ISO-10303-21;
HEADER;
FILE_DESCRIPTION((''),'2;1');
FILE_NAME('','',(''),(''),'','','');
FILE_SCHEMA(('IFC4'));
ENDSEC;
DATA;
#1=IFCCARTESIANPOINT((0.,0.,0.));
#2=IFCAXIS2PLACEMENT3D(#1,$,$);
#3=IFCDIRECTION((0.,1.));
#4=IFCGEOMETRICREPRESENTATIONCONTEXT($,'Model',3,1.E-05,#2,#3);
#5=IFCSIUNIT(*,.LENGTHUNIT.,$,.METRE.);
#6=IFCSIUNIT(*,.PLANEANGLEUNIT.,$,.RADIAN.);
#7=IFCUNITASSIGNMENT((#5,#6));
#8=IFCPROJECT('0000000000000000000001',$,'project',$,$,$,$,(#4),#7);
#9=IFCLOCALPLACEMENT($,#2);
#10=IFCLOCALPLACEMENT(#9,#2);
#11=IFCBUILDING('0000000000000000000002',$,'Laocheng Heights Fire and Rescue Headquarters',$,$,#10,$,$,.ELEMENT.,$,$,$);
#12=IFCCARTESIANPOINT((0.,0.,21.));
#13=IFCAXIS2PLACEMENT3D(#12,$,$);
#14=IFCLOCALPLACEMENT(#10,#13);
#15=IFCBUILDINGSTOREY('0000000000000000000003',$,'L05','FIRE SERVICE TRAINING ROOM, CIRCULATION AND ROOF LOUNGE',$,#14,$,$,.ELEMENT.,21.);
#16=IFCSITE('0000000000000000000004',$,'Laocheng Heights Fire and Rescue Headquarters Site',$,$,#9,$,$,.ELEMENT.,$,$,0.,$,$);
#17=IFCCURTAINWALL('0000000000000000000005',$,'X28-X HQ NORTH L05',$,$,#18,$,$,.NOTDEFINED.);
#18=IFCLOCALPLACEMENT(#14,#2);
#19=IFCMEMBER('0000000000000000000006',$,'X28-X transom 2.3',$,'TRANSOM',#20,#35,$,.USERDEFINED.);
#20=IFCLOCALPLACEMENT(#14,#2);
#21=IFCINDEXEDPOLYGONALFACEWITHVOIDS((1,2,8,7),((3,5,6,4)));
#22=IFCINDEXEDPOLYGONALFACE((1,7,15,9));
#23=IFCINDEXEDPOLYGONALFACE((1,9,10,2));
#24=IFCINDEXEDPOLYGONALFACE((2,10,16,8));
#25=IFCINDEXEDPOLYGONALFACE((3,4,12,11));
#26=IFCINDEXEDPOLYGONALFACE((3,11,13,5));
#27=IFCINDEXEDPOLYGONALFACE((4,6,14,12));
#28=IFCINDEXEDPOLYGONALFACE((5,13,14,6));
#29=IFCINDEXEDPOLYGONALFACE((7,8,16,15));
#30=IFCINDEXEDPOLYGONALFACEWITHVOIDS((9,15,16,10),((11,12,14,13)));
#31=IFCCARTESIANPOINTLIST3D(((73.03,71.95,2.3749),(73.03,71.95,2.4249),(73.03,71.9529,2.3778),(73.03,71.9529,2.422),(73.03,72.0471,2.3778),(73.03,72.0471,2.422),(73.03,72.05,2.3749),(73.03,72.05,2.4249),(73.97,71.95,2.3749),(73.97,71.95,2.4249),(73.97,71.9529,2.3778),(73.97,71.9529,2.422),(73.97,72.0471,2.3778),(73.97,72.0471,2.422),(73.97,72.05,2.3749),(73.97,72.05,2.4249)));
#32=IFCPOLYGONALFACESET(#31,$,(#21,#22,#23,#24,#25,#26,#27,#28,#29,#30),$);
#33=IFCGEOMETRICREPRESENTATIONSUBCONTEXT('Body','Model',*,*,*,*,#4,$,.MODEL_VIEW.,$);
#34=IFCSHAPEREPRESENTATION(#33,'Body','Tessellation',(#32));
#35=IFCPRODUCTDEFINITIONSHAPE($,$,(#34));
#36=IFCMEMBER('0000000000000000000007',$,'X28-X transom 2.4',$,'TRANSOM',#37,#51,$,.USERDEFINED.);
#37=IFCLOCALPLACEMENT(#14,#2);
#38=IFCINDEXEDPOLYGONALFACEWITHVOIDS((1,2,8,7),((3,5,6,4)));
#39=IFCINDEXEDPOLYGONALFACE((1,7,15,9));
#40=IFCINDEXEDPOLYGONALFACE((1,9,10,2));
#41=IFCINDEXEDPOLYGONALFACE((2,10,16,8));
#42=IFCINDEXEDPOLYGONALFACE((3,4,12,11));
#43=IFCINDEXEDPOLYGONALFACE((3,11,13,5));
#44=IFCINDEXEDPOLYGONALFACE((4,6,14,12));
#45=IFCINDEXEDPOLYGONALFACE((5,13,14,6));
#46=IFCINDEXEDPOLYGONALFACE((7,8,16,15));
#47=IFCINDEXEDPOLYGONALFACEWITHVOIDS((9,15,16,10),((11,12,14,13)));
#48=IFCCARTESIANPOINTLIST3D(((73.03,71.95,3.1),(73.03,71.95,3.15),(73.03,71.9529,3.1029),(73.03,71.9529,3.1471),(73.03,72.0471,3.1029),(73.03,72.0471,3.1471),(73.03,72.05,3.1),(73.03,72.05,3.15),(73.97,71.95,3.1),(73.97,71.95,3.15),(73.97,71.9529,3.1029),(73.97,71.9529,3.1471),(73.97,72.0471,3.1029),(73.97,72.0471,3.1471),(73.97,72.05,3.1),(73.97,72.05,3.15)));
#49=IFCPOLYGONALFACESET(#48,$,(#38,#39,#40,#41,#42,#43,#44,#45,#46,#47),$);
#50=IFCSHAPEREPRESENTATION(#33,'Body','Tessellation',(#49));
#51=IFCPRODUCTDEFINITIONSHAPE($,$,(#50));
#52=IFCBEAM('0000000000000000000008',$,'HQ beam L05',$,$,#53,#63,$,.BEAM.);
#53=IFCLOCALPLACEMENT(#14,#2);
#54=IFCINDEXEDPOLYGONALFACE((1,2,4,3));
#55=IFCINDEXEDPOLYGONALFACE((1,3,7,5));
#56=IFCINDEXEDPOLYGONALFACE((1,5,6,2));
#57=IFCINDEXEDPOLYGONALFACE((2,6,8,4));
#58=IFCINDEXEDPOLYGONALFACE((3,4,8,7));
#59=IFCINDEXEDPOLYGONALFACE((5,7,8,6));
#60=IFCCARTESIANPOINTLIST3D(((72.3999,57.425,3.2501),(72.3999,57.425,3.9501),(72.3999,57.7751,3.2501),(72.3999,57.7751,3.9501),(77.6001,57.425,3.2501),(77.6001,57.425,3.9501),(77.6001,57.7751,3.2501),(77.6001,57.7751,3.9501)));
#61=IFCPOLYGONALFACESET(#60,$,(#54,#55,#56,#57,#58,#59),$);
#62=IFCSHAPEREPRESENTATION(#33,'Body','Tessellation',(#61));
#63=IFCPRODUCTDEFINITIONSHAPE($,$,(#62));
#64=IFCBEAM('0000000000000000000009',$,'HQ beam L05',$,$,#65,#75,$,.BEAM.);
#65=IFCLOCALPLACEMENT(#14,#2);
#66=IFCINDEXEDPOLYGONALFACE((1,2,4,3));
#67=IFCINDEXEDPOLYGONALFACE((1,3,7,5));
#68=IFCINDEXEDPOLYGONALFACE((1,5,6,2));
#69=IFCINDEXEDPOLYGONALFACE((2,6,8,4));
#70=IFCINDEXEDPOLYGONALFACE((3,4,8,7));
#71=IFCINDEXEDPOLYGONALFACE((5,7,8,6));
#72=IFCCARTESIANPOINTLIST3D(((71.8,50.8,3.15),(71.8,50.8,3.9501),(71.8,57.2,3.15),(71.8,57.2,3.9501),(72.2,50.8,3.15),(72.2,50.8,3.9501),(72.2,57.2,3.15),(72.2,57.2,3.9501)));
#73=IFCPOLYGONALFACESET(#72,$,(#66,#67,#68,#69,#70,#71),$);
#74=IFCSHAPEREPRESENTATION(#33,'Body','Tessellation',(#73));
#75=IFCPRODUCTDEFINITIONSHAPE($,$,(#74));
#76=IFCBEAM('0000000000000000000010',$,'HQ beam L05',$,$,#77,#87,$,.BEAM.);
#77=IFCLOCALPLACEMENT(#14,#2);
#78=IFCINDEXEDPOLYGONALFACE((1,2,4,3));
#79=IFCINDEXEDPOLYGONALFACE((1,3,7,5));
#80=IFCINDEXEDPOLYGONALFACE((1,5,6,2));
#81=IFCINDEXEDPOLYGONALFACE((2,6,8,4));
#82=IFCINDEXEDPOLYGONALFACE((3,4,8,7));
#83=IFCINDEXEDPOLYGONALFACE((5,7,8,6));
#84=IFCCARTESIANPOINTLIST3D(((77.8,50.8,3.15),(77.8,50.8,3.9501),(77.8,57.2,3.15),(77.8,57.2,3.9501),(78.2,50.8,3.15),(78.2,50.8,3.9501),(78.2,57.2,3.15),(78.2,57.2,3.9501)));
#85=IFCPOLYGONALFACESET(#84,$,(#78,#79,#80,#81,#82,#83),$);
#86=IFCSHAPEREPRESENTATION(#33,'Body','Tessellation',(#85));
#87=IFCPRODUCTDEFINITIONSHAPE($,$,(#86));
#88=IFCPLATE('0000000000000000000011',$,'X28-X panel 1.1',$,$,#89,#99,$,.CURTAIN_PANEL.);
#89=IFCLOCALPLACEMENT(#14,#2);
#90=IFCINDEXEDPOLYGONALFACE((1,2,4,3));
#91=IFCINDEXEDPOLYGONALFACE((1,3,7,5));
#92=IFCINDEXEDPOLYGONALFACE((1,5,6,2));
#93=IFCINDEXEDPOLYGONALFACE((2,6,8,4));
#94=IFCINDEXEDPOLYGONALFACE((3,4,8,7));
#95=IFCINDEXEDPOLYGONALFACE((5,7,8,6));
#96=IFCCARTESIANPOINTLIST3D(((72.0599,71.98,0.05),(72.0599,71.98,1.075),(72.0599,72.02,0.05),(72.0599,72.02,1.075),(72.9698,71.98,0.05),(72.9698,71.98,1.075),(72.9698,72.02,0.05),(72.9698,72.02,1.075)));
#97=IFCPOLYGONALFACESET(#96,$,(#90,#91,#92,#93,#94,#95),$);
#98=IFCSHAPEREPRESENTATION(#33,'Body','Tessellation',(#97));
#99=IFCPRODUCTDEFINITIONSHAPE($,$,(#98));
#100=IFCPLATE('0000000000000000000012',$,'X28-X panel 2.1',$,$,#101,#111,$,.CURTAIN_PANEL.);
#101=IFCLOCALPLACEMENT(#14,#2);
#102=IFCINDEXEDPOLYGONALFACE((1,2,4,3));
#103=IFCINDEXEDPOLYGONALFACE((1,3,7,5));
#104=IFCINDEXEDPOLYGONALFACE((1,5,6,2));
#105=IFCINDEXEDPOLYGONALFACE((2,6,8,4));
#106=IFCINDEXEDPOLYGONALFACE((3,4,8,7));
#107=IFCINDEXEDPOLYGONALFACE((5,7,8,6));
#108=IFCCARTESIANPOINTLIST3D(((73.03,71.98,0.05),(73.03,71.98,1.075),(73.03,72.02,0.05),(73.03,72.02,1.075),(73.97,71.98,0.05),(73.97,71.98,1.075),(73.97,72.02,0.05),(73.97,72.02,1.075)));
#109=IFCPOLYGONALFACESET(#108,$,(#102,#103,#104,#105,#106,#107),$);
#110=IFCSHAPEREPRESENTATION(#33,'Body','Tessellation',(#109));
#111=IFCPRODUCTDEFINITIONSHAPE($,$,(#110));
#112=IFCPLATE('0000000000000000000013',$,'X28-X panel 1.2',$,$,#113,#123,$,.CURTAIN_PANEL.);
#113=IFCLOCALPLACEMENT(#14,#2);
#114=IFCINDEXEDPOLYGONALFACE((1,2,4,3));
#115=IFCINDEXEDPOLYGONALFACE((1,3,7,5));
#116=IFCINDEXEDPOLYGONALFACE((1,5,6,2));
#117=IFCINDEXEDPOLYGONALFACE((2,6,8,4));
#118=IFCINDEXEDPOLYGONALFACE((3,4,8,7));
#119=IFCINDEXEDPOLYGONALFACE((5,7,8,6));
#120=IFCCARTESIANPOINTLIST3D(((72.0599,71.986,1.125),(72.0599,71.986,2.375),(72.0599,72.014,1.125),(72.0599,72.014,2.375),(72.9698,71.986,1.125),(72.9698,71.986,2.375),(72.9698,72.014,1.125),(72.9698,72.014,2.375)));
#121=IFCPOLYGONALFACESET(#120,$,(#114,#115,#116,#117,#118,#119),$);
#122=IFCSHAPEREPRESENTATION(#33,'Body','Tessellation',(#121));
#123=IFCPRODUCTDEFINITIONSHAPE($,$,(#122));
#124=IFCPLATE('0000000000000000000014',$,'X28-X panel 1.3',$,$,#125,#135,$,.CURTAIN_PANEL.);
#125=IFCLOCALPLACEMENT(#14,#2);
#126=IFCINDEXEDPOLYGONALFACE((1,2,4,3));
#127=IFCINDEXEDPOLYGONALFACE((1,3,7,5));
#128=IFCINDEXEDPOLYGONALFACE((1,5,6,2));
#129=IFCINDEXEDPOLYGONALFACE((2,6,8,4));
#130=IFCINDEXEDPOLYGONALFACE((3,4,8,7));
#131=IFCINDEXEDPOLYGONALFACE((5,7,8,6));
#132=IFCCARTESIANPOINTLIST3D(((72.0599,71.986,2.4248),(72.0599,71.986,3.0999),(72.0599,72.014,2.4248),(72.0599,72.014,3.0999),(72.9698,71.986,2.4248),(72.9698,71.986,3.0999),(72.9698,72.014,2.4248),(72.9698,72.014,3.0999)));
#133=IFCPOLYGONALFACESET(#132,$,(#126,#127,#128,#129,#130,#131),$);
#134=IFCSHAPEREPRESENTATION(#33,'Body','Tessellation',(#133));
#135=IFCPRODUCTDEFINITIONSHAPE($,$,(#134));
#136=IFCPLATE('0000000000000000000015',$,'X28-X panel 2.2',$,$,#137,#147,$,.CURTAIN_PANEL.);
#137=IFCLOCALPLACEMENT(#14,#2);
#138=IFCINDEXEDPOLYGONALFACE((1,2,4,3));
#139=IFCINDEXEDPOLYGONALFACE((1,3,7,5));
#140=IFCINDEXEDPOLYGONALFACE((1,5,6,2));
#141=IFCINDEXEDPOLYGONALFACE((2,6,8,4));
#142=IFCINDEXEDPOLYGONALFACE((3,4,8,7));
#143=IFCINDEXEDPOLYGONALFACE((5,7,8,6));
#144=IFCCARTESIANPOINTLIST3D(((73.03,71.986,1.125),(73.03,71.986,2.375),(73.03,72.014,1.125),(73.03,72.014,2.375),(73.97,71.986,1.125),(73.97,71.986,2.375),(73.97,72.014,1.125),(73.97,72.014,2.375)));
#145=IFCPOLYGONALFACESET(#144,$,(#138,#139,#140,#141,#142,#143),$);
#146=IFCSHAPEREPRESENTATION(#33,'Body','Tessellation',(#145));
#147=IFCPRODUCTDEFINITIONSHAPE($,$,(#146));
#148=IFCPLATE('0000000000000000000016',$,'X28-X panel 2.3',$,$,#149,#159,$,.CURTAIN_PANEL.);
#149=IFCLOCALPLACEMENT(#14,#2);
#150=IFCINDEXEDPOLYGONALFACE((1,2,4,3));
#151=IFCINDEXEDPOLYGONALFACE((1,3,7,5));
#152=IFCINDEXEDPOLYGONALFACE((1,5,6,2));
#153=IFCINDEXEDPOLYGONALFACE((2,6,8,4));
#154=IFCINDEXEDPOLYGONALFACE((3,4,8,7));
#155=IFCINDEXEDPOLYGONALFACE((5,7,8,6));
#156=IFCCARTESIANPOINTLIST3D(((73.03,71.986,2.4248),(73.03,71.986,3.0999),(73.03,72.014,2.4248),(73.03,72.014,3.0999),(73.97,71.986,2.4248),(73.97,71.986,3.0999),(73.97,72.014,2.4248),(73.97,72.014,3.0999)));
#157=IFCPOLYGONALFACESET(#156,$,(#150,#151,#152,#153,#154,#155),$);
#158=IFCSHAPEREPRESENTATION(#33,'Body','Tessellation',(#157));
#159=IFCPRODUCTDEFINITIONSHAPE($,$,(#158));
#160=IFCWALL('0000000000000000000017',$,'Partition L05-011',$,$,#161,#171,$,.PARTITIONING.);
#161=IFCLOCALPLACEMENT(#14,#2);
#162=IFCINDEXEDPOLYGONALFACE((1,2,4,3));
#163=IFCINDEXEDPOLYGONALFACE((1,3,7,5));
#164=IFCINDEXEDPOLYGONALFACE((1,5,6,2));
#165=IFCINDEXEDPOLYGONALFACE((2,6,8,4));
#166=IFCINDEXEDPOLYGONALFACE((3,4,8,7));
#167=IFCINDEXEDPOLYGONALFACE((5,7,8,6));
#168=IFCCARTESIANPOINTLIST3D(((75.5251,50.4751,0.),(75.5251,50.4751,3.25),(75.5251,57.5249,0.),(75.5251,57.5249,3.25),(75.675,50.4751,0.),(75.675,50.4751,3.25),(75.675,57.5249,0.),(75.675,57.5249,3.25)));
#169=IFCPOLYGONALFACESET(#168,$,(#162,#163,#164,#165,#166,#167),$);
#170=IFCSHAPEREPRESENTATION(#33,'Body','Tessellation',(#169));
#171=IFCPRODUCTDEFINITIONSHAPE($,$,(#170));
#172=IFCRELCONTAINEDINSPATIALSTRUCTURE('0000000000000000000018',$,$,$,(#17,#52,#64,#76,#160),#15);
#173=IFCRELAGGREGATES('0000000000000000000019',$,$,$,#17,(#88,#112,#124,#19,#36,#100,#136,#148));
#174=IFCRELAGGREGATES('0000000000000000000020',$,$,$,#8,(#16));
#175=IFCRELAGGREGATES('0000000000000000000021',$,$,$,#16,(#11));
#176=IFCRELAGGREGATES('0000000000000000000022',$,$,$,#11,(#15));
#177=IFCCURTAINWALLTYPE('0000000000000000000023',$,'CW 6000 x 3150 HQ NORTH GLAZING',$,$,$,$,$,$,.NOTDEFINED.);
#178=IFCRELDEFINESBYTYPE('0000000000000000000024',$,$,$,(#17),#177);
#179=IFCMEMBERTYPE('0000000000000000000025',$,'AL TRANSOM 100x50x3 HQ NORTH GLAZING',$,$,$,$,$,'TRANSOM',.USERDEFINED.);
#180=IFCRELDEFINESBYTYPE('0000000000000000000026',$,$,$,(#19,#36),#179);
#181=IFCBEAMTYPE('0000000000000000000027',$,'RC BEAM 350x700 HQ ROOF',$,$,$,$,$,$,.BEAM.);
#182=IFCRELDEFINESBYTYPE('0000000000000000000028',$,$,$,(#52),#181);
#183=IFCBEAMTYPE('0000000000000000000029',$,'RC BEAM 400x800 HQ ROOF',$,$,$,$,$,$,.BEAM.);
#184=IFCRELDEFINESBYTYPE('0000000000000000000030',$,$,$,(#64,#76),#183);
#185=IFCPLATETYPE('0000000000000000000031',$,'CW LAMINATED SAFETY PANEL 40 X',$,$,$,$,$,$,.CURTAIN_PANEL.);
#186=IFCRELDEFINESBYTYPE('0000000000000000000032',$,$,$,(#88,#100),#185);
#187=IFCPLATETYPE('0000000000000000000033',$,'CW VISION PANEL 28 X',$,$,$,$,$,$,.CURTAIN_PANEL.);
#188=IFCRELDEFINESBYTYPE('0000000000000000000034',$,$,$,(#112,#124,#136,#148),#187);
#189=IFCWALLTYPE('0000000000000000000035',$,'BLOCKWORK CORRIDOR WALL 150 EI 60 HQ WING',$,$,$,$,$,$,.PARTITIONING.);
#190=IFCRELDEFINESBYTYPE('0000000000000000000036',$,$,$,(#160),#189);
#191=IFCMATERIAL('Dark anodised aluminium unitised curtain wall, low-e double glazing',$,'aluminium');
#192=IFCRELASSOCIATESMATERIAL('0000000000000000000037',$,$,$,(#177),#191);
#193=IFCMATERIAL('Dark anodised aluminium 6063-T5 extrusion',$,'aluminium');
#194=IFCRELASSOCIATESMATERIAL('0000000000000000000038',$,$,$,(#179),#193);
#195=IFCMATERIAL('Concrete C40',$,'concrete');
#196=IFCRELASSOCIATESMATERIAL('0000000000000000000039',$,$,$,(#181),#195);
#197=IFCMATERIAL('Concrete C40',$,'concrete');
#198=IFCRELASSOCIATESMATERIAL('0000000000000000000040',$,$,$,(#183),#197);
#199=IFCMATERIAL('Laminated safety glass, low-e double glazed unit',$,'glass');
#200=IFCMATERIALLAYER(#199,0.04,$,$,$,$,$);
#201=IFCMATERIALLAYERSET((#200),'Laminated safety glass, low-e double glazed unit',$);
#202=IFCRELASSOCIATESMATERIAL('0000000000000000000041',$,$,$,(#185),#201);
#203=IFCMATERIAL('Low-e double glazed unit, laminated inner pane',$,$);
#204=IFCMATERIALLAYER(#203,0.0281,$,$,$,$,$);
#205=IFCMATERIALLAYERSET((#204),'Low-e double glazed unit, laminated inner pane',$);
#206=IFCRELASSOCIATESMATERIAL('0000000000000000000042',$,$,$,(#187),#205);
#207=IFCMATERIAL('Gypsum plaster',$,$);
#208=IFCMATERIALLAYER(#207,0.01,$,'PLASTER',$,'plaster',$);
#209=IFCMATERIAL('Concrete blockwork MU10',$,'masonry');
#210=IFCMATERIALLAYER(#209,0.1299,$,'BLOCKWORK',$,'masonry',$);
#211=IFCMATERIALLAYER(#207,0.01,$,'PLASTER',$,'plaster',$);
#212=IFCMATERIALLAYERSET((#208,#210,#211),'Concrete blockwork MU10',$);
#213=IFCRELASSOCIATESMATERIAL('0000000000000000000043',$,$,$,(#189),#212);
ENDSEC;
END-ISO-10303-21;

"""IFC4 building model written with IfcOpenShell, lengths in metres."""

from ifc_helpers import new_model, si_unit, direction, frame, frame_2d, origin, origin_2d, place, context, subcontext, project, spatial, rectangle, hollow_rectangle, extrude, material, layer, layer_set, material_profile, profile_set, type_object, element, aggregate, save


model = new_model("IFC4")

# Units and contexts
model_context = context("Model", 3, precision=1e-05, world=origin(), true_north=direction((0.0, 1.0)))
body_context = subcontext(model_context, "Body", "Model", "MODEL_VIEW")
ifc_project = project(units=[si_unit("LENGTHUNIT", "METRE"), si_unit("PLANEANGLEUNIT", "RADIAN")], contexts=[model_context])

# Site, building, storey
site_placement = place(None, origin())
site = spatial("IfcSite", under=ifc_project, at=site_placement, Name="Laocheng Heights Fire and Rescue Headquarters Site", CompositionType="ELEMENT", RefElevation=0.0)
building_placement = place(site_placement, origin())
building = spatial("IfcBuilding", under=site, at=building_placement, Name="Laocheng Heights Fire and Rescue Headquarters", CompositionType="ELEMENT")
storey_placement = place(building_placement, frame((0.0, 0.0, 21.0)))
storey = spatial("IfcBuildingStorey", under=building, at=storey_placement, Name="L05", Description="FIRE SERVICE TRAINING ROOM, CIRCULATION AND ROOF LOUNGE", CompositionType="ELEMENT", Elevation=21.0)

# Curtain wall, members
ifc_material_1 = material(Name="Dark anodised aluminium unitised curtain wall, low-e double glazing", Category="aluminium")
curtain_wall_type = type_object("IfcCurtainWallType", Name="CW 6000 x 3150 HQ NORTH GLAZING", PredefinedType="NOTDEFINED", material=ifc_material_1)
curtain_wall_placement = place(storey_placement, origin())
curtain_wall = element("IfcCurtainWall", 1, at=curtain_wall_placement, inside=storey, type_object=curtain_wall_type, Name="X28-X HQ NORTH L05", PredefinedType="NOTDEFINED")
ifc_material_2 = material(Name="Dark anodised aluminium 6063-T5 extrusion", Category="aluminium")
ifc_material_profile_1 = material_profile(ifc_material_2, hollow_rectangle(XDim=0.1001, YDim=0.05, WallThickness=0.0029, at=origin_2d()), Name="AL TRANSOM 100x50x3 HQ NORTH GLAZING")
ifc_profile_set_1 = profile_set([ifc_material_profile_1], Name="Dark anodised aluminium 6063-T5 extrusion")
member_type_1 = type_object("IfcMemberType", Name="AL TRANSOM 100x50x3 HQ NORTH GLAZING", ElementType="TRANSOM", PredefinedType="USERDEFINED", material=ifc_profile_set_1)
member_1_placement = place(storey_placement, frame((73.03, 72.0, 2.3999), z_axis=(1.0, 0.0, 0.0), x_axis=(0.0, 1.0, 0.0)))
member_1 = element("IfcMember", 2, at=member_1_placement, type_object=member_type_1, Name="X28-X transom 2.3", ObjectType="TRANSOM", PredefinedType="USERDEFINED", context=body_context, shape_type="SweptSolid", body=[
    extrude(hollow_rectangle(XDim=0.1001, YDim=0.05, WallThickness=0.0029, at=origin_2d()), origin(), (0.0, 0.0, 1.0), 0.9399),
])
member_2_placement = place(storey_placement, frame((73.03, 72.0, 3.125), z_axis=(1.0, 0.0, 0.0), x_axis=(0.0, 1.0, 0.0)))
member_2 = element("IfcMember", 3, at=member_2_placement, type_object=member_type_1, Name="X28-X transom 2.4", ObjectType="TRANSOM", PredefinedType="USERDEFINED", context=body_context, shape_type="SweptSolid", body=[
    extrude(hollow_rectangle(XDim=0.1001, YDim=0.05, WallThickness=0.0029, at=origin_2d()), origin(), (0.0, 0.0, 1.0), 0.9399),
])

# Beams
ifc_material_3 = material(Name="Concrete C40", Category="concrete")
ifc_material_profile_2 = material_profile(ifc_material_3, rectangle(XDim=0.3501, YDim=0.7, at=origin_2d()), Name="RC BEAM 350x700 HQ ROOF")
ifc_profile_set_2 = profile_set([ifc_material_profile_2], Name="Concrete C40")
beam_type_1 = type_object("IfcBeamType", Name="RC BEAM 350x700 HQ ROOF", PredefinedType="BEAM", material=ifc_profile_set_2)
beam_placement = place(storey_placement, frame((72.3999, 57.6001, 3.6001), z_axis=(1.0, 0.0, 0.0), x_axis=(0.0, 1.0, 0.0)))
element("IfcBeam", 4, at=beam_placement, inside=storey, type_object=beam_type_1, Name="HQ beam L05", PredefinedType="BEAM", context=body_context, shape_type="SweptSolid", body=[
    extrude(rectangle(XDim=0.3501, YDim=0.7, at=origin_2d()), origin(), (0.0, 0.0, 1.0), 5.2002),
])
ifc_material_4 = material(Name="Concrete C40", Category="concrete")
ifc_material_profile_3 = material_profile(ifc_material_4, rectangle(XDim=0.3999, YDim=0.8, at=origin_2d()), Name="RC BEAM 400x800 HQ ROOF")
ifc_profile_set_3 = profile_set([ifc_material_profile_3], Name="Concrete C40")
beam_type_2 = type_object("IfcBeamType", Name="RC BEAM 400x800 HQ ROOF", PredefinedType="BEAM", material=ifc_profile_set_3)
for number, where, z_axis, x_axis, name in (
    (5, (72.0, 50.8, 3.55), (0.0, 1.0, 0.0), (-1.0, 0.0, 0.0), "HQ beam L05"),
    (6, (78.0, 50.8, 3.55), (0.0, 1.0, 0.0), (-1.0, 0.0, 0.0), "HQ beam L05"),
):
    element("IfcBeam", number, at=place(storey_placement, frame(where, z_axis=z_axis, x_axis=x_axis)), inside=storey, type_object=beam_type_2, Name=name, PredefinedType="BEAM", context=body_context, shape_type="SweptSolid", body=[
        extrude(rectangle(XDim=0.3999, YDim=0.8, at=origin_2d()), origin(), (0.0, 0.0, 1.0), 6.3999),
    ])

# Plates
ifc_material_5 = material(Name="Laminated safety glass, low-e double glazed unit", Category="glass")
ifc_layer_1 = layer(ifc_material_5, 0.04)
ifc_layer_set_1 = layer_set([ifc_layer_1], Name="Laminated safety glass, low-e double glazed unit")
plate_type_1 = type_object("IfcPlateType", Name="CW LAMINATED SAFETY PANEL 40 X", PredefinedType="CURTAIN_PANEL", material=ifc_layer_set_1)
plate_1_placement = place(storey_placement, frame((72.5149, 72.0, 0.05), z_axis=(0.0, 0.0, 1.0), x_axis=(1.0, 0.0, 0.0)))
plate_1 = element("IfcPlate", 7, at=plate_1_placement, type_object=plate_type_1, Name="X28-X panel 1.1", PredefinedType="CURTAIN_PANEL", context=body_context, shape_type="SweptSolid", body=[
    extrude(rectangle(XDim=0.9099, YDim=0.04, at=origin_2d()), origin(), (0.0, 0.0, 1.0), 1.0249),
])
plate_2_placement = place(storey_placement, frame((73.5, 72.0, 0.05), z_axis=(0.0, 0.0, 1.0), x_axis=(1.0, 0.0, 0.0)))
plate_2 = element("IfcPlate", 8, at=plate_2_placement, type_object=plate_type_1, Name="X28-X panel 2.1", PredefinedType="CURTAIN_PANEL", context=body_context, shape_type="SweptSolid", body=[
    extrude(rectangle(XDim=0.9399, YDim=0.04, at=origin_2d()), origin(), (0.0, 0.0, 1.0), 1.0249),
])
ifc_material_6 = material(Name="Low-e double glazed unit, laminated inner pane")
ifc_layer_2 = layer(ifc_material_6, 0.0281)
ifc_layer_set_2 = layer_set([ifc_layer_2], Name="Low-e double glazed unit, laminated inner pane")
plate_type_2 = type_object("IfcPlateType", Name="CW VISION PANEL 28 X", PredefinedType="CURTAIN_PANEL", material=ifc_layer_set_2)
plate_3_placement = place(storey_placement, frame((72.5149, 72.0, 1.125), z_axis=(0.0, 0.0, 1.0), x_axis=(1.0, 0.0, 0.0)))
plate_3 = element("IfcPlate", 9, at=plate_3_placement, type_object=plate_type_2, Name="X28-X panel 1.2", PredefinedType="CURTAIN_PANEL", context=body_context, shape_type="SweptSolid", body=[
    extrude(rectangle(XDim=0.9099, YDim=0.0281, at=origin_2d()), origin(), (0.0, 0.0, 1.0), 1.25),
])
plate_4_placement = place(storey_placement, frame((72.5149, 72.0, 2.4248), z_axis=(0.0, 0.0, 1.0), x_axis=(1.0, 0.0, 0.0)))
plate_4 = element("IfcPlate", 10, at=plate_4_placement, type_object=plate_type_2, Name="X28-X panel 1.3", PredefinedType="CURTAIN_PANEL", context=body_context, shape_type="SweptSolid", body=[
    extrude(rectangle(XDim=0.9099, YDim=0.0281, at=origin_2d()), origin(), (0.0, 0.0, 1.0), 0.675),
])
plate_5_placement = place(storey_placement, frame((73.5, 72.0, 1.125), z_axis=(0.0, 0.0, 1.0), x_axis=(1.0, 0.0, 0.0)))
plate_5 = element("IfcPlate", 11, at=plate_5_placement, type_object=plate_type_2, Name="X28-X panel 2.2", PredefinedType="CURTAIN_PANEL", context=body_context, shape_type="SweptSolid", body=[
    extrude(rectangle(XDim=0.9399, YDim=0.0281, at=origin_2d()), origin(), (0.0, 0.0, 1.0), 1.25),
])
plate_6_placement = place(storey_placement, frame((73.5, 72.0, 2.4248), z_axis=(0.0, 0.0, 1.0), x_axis=(1.0, 0.0, 0.0)))
plate_6 = element("IfcPlate", 12, at=plate_6_placement, type_object=plate_type_2, Name="X28-X panel 2.3", PredefinedType="CURTAIN_PANEL", context=body_context, shape_type="SweptSolid", body=[
    extrude(rectangle(XDim=0.9399, YDim=0.0281, at=origin_2d()), origin(), (0.0, 0.0, 1.0), 0.675),
])
aggregate(curtain_wall, [plate_1, plate_3, plate_4, member_1, member_2, plate_2, plate_5, plate_6])

# Wall
ifc_material_7 = material(Name="Gypsum plaster")
ifc_layer_3 = layer(ifc_material_7, 0.01, Name="PLASTER", Category="plaster")
ifc_material_8 = material(Name="Concrete blockwork MU10", Category="masonry")
ifc_layer_4 = layer(ifc_material_8, 0.1299, Name="BLOCKWORK", Category="masonry")
ifc_layer_5 = layer(ifc_material_7, 0.01, Name="PLASTER", Category="plaster")
ifc_layer_set_3 = layer_set([ifc_layer_3, ifc_layer_4, ifc_layer_5], Name="Concrete blockwork MU10")
wall_type_1 = type_object("IfcWallType", Name="BLOCKWORK CORRIDOR WALL 150 EI 60 HQ WING", PredefinedType="PARTITIONING", material=ifc_layer_set_3)
wall_1_placement = place(storey_placement, frame((75.6001, 50.4751, 0.0), z_axis=(0.0, 0.0, 1.0), x_axis=(0.0, 1.0, 0.0)))
element("IfcWall", 13, at=wall_1_placement, inside=storey, type_object=wall_type_1, Name="Partition L05-011", PredefinedType="PARTITIONING", context=body_context, shape_type="SweptSolid", body=[
    extrude(rectangle(XDim=7.0498, YDim=0.1499, at=frame_2d((3.5249, 0.0))), origin(), (0.0, 0.0, 1.0), 3.25),
])

save(model, "model.ifc")
